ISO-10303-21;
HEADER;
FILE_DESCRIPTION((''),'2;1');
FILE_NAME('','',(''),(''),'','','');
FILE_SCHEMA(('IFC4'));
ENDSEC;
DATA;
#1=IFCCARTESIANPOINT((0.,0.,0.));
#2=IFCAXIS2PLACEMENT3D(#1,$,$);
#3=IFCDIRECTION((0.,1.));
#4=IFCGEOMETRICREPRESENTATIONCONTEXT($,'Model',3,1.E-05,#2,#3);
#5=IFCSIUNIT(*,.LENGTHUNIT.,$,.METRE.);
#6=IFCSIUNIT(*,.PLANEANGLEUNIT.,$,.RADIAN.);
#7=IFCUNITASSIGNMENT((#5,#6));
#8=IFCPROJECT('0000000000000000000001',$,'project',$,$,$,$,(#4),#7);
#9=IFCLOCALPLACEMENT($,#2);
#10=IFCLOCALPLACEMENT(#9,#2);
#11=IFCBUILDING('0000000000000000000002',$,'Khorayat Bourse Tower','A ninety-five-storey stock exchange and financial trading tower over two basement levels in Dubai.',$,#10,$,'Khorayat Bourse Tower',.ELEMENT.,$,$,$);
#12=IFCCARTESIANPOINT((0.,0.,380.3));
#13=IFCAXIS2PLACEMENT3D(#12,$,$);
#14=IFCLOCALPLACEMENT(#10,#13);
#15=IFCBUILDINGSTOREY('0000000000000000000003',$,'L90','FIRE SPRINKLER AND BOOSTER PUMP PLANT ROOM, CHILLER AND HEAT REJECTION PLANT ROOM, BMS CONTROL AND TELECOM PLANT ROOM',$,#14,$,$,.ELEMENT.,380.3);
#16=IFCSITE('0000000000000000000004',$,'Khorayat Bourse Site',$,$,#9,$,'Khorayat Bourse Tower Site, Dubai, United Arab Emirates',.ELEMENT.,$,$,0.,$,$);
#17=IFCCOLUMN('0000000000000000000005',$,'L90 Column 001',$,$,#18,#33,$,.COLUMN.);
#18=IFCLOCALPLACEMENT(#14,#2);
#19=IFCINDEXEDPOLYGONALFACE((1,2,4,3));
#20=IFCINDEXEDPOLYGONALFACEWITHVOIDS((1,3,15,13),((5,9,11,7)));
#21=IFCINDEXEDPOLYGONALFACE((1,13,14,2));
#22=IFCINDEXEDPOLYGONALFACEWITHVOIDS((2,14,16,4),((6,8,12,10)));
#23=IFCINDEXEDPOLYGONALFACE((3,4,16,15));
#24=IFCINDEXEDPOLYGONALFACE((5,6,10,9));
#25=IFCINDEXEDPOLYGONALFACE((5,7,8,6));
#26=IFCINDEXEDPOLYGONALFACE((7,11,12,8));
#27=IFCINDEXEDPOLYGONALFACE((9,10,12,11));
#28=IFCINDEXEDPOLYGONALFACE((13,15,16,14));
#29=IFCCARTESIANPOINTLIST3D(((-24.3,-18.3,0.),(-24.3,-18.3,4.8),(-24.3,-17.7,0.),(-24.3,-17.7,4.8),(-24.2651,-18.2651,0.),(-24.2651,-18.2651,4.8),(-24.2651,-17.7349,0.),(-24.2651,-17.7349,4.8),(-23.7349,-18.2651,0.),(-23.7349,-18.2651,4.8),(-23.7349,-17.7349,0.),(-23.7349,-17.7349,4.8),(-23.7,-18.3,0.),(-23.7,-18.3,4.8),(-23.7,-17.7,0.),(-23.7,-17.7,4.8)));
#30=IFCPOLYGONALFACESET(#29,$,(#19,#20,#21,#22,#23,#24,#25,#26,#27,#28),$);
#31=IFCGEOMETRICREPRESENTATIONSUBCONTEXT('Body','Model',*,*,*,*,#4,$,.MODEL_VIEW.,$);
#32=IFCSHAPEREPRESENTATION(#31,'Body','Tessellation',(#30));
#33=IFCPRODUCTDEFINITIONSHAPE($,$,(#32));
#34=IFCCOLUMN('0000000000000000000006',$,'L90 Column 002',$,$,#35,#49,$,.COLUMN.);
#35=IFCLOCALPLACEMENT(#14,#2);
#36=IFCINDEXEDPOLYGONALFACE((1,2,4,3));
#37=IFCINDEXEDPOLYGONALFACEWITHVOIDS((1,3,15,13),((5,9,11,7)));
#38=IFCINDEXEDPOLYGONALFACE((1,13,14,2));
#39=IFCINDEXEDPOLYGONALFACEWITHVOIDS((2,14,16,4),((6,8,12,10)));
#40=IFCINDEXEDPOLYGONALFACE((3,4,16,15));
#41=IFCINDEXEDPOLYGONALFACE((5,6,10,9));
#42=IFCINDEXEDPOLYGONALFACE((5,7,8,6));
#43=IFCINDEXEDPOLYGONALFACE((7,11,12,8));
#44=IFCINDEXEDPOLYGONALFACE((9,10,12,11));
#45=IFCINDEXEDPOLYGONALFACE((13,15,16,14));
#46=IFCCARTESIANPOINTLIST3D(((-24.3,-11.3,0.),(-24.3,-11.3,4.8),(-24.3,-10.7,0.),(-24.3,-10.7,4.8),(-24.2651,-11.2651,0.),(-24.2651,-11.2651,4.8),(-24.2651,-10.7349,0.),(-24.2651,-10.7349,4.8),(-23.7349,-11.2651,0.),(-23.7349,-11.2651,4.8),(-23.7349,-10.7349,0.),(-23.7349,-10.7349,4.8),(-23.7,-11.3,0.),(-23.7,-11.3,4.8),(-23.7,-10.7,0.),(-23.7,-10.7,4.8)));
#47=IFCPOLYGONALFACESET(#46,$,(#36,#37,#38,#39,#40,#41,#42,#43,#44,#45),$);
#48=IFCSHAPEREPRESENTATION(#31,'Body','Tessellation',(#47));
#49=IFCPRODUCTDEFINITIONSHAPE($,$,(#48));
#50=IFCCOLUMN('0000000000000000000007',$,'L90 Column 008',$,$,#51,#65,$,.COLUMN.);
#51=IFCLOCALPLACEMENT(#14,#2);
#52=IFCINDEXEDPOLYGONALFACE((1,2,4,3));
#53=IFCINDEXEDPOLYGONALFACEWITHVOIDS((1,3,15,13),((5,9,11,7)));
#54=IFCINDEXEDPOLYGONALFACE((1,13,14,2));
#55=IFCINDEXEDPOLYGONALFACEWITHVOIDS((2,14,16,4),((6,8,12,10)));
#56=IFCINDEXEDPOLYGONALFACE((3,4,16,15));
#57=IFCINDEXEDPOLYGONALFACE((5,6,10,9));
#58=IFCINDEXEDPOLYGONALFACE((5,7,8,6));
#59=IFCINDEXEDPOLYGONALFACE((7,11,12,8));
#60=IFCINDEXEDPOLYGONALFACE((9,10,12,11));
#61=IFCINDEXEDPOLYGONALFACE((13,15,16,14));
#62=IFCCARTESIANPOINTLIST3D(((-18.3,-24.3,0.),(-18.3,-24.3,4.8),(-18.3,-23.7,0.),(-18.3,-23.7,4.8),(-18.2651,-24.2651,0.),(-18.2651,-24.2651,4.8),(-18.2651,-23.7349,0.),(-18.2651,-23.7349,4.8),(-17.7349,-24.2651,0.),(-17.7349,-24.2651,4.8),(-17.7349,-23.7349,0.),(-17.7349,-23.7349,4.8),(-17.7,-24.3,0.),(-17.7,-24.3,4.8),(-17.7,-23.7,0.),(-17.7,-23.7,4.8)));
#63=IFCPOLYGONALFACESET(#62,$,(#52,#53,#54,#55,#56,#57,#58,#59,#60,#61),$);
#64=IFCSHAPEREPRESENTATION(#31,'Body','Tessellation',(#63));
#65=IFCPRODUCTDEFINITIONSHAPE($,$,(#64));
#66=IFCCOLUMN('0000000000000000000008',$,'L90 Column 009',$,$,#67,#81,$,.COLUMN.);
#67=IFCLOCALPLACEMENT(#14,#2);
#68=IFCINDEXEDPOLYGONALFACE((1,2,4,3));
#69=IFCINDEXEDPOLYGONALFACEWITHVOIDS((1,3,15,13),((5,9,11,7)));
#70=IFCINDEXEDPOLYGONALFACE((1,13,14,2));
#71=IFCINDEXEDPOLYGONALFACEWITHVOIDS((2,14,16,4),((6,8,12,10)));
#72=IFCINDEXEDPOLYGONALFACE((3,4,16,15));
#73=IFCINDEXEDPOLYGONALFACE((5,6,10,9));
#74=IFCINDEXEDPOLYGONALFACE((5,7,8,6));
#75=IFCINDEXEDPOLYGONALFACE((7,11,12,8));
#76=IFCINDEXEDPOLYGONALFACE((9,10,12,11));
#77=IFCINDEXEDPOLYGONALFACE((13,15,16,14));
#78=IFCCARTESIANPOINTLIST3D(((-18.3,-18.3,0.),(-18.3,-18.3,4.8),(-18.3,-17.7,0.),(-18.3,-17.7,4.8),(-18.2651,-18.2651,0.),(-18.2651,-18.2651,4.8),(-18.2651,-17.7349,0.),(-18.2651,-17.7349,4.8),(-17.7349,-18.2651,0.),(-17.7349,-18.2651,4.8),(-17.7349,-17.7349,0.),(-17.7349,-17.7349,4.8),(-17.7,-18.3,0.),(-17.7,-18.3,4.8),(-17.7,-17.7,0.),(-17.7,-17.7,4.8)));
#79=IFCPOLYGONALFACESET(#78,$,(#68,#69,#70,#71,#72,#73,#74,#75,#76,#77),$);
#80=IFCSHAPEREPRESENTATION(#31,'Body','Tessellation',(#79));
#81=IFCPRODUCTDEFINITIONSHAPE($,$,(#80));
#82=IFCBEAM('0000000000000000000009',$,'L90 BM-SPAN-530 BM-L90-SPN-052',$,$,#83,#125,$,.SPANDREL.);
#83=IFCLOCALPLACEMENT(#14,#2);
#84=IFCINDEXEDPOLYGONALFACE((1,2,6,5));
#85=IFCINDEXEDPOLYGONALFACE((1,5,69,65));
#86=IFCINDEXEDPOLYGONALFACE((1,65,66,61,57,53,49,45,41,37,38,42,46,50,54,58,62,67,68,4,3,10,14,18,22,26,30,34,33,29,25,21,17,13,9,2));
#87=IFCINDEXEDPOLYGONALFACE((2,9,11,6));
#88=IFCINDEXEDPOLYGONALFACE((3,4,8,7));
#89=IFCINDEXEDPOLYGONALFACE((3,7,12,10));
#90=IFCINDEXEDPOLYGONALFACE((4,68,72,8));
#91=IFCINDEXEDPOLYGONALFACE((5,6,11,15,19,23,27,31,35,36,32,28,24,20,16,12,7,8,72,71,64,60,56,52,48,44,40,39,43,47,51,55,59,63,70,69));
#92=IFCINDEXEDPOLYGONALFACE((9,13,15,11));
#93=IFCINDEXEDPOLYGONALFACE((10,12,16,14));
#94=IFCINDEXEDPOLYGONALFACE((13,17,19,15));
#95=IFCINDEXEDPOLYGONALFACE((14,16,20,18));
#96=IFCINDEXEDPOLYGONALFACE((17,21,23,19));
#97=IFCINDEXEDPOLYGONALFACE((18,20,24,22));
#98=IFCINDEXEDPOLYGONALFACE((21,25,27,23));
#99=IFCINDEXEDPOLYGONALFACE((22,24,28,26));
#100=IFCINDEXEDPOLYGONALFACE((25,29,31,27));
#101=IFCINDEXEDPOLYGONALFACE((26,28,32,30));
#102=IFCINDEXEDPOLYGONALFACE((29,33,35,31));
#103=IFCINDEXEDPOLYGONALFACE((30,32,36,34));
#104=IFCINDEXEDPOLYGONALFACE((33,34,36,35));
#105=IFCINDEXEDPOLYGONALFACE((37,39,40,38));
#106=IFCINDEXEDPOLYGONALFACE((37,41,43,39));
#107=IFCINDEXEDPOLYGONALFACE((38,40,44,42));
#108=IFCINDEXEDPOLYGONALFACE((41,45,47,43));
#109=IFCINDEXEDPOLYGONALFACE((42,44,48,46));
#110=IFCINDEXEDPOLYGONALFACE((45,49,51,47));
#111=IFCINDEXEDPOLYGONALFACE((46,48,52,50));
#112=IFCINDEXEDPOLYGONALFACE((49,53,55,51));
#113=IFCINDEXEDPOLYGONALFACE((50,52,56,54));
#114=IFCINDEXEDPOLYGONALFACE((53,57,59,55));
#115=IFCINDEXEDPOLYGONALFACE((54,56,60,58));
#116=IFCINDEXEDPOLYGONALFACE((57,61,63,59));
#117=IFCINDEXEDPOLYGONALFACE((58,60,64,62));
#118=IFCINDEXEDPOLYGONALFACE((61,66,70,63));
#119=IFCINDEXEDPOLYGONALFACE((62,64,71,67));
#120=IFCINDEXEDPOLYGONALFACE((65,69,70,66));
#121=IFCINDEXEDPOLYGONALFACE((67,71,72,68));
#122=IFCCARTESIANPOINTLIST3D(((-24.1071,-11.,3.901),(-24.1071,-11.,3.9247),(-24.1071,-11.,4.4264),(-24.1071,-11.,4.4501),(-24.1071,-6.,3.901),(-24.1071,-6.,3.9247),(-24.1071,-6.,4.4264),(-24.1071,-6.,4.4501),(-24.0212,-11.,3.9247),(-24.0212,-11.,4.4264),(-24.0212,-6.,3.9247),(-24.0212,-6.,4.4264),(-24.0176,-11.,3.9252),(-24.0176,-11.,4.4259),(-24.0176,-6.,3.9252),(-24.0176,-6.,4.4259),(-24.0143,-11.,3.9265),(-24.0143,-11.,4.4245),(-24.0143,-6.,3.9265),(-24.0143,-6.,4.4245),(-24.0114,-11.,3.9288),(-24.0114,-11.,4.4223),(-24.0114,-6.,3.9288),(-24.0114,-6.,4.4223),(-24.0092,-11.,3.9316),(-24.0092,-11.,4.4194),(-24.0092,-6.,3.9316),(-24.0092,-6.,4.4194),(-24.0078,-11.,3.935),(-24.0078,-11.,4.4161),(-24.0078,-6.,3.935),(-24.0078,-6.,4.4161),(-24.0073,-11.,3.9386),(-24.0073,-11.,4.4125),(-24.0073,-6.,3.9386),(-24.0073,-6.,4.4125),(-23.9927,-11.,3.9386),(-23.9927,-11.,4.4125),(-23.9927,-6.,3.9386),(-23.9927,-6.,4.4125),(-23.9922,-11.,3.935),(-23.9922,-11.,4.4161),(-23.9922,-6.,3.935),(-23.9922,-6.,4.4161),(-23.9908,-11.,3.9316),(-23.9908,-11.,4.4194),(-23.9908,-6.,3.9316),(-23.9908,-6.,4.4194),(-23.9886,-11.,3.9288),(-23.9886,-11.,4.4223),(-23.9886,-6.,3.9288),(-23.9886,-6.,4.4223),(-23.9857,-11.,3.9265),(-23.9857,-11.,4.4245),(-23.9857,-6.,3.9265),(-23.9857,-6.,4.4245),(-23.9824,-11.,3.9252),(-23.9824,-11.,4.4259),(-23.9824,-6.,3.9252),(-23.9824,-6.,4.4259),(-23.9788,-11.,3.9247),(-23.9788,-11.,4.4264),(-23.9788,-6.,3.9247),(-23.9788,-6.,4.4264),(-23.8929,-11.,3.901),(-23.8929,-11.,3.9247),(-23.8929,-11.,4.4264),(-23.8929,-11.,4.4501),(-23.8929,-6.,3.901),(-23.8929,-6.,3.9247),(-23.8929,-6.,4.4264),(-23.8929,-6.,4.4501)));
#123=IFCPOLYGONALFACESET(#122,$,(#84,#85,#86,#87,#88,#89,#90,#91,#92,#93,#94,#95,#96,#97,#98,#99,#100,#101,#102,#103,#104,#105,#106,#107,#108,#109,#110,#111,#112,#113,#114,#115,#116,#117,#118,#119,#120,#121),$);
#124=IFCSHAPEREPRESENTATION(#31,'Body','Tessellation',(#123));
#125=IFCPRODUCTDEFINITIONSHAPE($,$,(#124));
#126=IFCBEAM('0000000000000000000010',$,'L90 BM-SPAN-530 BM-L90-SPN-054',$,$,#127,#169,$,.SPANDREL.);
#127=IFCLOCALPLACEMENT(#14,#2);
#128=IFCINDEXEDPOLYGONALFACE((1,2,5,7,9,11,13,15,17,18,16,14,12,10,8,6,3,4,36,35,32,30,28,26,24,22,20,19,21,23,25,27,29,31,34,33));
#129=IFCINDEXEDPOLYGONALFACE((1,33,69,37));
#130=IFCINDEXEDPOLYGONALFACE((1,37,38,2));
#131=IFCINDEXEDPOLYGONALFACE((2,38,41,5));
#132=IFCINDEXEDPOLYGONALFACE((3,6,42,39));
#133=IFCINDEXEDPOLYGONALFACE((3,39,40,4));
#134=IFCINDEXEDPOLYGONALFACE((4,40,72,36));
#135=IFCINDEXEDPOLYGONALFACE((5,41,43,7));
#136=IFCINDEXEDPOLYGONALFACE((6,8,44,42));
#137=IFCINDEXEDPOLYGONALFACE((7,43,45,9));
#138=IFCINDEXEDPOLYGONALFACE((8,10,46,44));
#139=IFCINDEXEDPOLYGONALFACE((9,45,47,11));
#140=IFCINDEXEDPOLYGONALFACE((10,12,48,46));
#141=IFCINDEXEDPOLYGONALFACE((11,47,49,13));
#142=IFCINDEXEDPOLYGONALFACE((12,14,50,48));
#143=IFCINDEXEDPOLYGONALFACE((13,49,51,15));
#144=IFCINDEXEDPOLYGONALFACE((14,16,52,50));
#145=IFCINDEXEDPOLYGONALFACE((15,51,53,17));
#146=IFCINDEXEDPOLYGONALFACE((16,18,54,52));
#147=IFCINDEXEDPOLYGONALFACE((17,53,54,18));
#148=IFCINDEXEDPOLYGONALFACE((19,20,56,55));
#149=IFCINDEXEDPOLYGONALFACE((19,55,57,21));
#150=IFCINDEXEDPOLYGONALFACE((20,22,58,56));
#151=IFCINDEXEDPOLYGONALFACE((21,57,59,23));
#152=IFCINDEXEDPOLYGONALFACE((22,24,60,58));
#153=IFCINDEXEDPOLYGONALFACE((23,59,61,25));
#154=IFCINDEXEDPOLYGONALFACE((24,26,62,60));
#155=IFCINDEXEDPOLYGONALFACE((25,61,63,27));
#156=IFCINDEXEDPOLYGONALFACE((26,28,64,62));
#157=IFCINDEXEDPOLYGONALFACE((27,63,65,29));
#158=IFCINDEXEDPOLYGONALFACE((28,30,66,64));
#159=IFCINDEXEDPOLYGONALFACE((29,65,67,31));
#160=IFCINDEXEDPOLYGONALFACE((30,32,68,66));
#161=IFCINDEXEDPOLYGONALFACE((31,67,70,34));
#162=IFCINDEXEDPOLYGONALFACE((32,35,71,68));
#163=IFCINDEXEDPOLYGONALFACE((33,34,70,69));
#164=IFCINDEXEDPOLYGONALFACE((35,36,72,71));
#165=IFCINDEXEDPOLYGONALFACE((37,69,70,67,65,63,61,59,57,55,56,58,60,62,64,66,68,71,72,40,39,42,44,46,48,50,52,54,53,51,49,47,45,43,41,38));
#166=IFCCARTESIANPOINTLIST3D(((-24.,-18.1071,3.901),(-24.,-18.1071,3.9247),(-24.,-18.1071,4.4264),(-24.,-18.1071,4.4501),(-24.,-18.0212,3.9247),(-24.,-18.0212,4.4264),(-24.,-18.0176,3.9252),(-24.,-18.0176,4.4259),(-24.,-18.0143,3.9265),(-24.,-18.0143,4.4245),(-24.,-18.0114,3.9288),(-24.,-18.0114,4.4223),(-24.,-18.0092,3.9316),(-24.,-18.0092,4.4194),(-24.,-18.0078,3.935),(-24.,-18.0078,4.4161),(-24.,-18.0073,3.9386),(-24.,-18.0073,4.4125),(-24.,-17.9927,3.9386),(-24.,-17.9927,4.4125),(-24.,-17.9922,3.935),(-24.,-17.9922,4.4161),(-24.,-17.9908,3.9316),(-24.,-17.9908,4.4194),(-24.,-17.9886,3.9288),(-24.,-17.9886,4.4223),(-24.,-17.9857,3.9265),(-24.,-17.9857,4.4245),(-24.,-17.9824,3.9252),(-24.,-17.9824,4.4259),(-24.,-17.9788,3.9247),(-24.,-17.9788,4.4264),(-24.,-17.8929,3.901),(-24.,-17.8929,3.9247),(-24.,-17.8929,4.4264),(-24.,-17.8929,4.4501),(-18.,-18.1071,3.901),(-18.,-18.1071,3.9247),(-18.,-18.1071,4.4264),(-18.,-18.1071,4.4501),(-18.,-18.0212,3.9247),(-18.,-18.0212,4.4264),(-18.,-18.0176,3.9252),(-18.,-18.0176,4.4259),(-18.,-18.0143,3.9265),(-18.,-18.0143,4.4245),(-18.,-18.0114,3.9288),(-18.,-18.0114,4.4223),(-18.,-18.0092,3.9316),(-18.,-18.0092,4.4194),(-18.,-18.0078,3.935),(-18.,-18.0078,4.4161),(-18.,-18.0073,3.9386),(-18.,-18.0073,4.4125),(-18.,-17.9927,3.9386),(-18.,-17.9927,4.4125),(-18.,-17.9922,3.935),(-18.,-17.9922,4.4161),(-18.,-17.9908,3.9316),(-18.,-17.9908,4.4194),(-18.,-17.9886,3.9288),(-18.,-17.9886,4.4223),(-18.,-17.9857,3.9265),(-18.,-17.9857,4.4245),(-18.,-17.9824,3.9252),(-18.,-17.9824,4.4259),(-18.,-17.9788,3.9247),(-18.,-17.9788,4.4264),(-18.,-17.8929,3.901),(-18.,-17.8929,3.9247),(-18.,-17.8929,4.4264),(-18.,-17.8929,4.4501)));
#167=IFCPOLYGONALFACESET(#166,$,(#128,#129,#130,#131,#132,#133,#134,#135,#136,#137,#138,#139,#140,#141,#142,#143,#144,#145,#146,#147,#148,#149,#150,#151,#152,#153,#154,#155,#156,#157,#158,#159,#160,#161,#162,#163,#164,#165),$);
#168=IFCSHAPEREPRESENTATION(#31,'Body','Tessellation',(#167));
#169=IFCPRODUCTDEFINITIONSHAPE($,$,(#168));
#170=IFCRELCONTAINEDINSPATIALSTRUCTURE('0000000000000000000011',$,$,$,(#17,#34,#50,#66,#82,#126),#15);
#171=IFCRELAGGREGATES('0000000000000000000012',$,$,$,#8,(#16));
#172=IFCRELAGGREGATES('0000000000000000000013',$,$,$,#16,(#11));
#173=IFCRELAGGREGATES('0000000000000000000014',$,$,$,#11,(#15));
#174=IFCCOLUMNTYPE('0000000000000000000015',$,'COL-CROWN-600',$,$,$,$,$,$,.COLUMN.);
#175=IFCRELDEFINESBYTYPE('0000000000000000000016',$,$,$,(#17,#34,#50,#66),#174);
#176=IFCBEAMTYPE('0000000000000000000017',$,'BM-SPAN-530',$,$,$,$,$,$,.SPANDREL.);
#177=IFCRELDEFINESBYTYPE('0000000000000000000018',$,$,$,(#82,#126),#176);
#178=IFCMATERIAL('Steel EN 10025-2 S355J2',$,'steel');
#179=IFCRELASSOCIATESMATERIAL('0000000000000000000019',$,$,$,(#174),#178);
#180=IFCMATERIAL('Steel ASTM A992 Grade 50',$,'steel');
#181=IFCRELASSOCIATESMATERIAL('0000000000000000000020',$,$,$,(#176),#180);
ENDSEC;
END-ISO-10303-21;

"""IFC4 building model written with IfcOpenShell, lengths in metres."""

from ifc_helpers import new_model, si_unit, direction, frame, origin, origin_2d, place, context, subcontext, project, spatial, hollow_rectangle, i_section, extrude, source, transform, mapped, material, material_profile, profile_set, type_object, element, save


model = new_model("IFC4")

# Units and contexts
model_context = context("Model", 3, precision=1e-05, world=origin(), true_north=direction((0.0, 1.0)))
body_context = subcontext(model_context, "Body", "Model", "MODEL_VIEW")
ifc_project = project(units=[si_unit("LENGTHUNIT", "METRE"), si_unit("PLANEANGLEUNIT", "RADIAN")], contexts=[model_context])

# Site, building, storey
site_placement = place(None, origin())
site = spatial("IfcSite", under=ifc_project, at=site_placement, Name="Khorayat Bourse Site", LongName="Khorayat Bourse Tower Site, Dubai, United Arab Emirates", CompositionType="ELEMENT", RefElevation=0.0)
building_placement = place(site_placement, origin())
building = spatial("IfcBuilding", under=site, at=building_placement, Name="Khorayat Bourse Tower", Description="A ninety-five-storey stock exchange and financial trading tower over two basement levels in Dubai.", LongName="Khorayat Bourse Tower", CompositionType="ELEMENT")
storey_placement = place(building_placement, frame((0.0, 0.0, 380.3)))
storey = spatial("IfcBuildingStorey", under=building, at=storey_placement, Name="L90", Description="FIRE SPRINKLER AND BOOSTER PUMP PLANT ROOM, CHILLER AND HEAT REJECTION PLANT ROOM, BMS CONTROL AND TELECOM PLANT ROOM", CompositionType="ELEMENT", Elevation=380.3)

# Columns
ifc_material_1 = material(Name="Steel EN 10025-2 S355J2", Category="steel")
ifc_material_profile_1 = material_profile(ifc_material_1, hollow_rectangle(XDim=0.6001, YDim=0.6001, WallThickness=0.0349, at=origin_2d()), Name="BOX 600x600x35")
ifc_profile_set_1 = profile_set([ifc_material_profile_1], Name="Steel EN 10025-2 S355J2")
column_type = type_object("IfcColumnType", Name="COL-CROWN-600", PredefinedType="COLUMN", material=ifc_profile_set_1)
shared_shape_1 = source(origin(), body_context, "Body", "SweptSolid", [
    extrude(hollow_rectangle(XDim=0.6001, YDim=0.6001, WallThickness=0.0349, at=origin_2d()), origin(), (0.0, 0.0, 1.0), 4.8),
])
for number, where, z_axis, x_axis, name in (
    (1, (-24.0, -18.0, 0.0), (0.0, 0.0, 1.0), (1.0, 0.0, 0.0), "L90 Column 001"),
    (2, (-24.0, -11.0, 0.0), (0.0, 0.0, 1.0), (1.0, 0.0, 0.0), "L90 Column 002"),
    (3, (-18.0, -24.0, 0.0), (0.0, 0.0, 1.0), (1.0, 0.0, 0.0), "L90 Column 008"),
    (4, (-18.0, -18.0, 0.0), (0.0, 0.0, 1.0), (1.0, 0.0, 0.0), "L90 Column 009"),
):
    element("IfcColumn", number, at=place(storey_placement, frame(where, z_axis=z_axis, x_axis=x_axis)), inside=storey, type_object=column_type, Name=name, PredefinedType="COLUMN", context=body_context, shape_type="MappedRepresentation", body=[
        mapped(shared_shape_1, transform((0.0, 0.0, 0.0), scale=1.0)),
    ])

# Beams
ifc_material_2 = material(Name="Steel ASTM A992 Grade 50", Category="steel")
ifc_material_profile_2 = material_profile(ifc_material_2, i_section(OverallWidth=0.2141, OverallDepth=0.5491, WebThickness=0.0146, FlangeThickness=0.0237, FilletRadius=0.0139, at=origin_2d()), Name="W530X138")
ifc_profile_set_2 = profile_set([ifc_material_profile_2], Name="Steel ASTM A992 Grade 50")
beam_type_1 = type_object("IfcBeamType", Name="BM-SPAN-530", PredefinedType="SPANDREL", material=ifc_profile_set_2)
shared_shape_2 = source(origin(), body_context, "Body", "SweptSolid", [
    extrude(i_section(OverallWidth=0.2141, OverallDepth=0.5491, WebThickness=0.0146, FlangeThickness=0.0237, FilletRadius=0.0139, at=origin_2d()), origin(), (0.0, 0.0, 1.0), 5.0),
])
beam_1_placement = place(storey_placement, frame((-24.0, -11.0, 4.1755), z_axis=(0.0, 1.0, 0.0), x_axis=(-1.0, 0.0, 0.0)))
element("IfcBeam", 5, at=beam_1_placement, inside=storey, type_object=beam_type_1, Name="L90 BM-SPAN-530 BM-L90-SPN-052", PredefinedType="SPANDREL", context=body_context, shape_type="MappedRepresentation", body=[
    mapped(shared_shape_2, transform((0.0, 0.0, 0.0), scale=1.0)),
])
shared_shape_3 = source(origin(), body_context, "Body", "SweptSolid", [
    extrude(i_section(OverallWidth=0.2141, OverallDepth=0.5491, WebThickness=0.0146, FlangeThickness=0.0237, FilletRadius=0.0139, at=origin_2d()), origin(), (0.0, 0.0, 1.0), 6.0),
])
for number, where, z_axis, x_axis, name in (
    (6, (-24.0, -18.0, 4.1755), (1.0, 0.0, 0.0), (0.0, 1.0, 0.0), "L90 BM-SPAN-530 BM-L90-SPN-054"),
):
    element("IfcBeam", number, at=place(storey_placement, frame(where, z_axis=z_axis, x_axis=x_axis)), inside=storey, type_object=beam_type_1, Name=name, PredefinedType="SPANDREL", context=body_context, shape_type="MappedRepresentation", body=[
        mapped(shared_shape_3, transform((0.0, 0.0, 0.0), scale=1.0)),
    ])

save(model, "model.ifc")
